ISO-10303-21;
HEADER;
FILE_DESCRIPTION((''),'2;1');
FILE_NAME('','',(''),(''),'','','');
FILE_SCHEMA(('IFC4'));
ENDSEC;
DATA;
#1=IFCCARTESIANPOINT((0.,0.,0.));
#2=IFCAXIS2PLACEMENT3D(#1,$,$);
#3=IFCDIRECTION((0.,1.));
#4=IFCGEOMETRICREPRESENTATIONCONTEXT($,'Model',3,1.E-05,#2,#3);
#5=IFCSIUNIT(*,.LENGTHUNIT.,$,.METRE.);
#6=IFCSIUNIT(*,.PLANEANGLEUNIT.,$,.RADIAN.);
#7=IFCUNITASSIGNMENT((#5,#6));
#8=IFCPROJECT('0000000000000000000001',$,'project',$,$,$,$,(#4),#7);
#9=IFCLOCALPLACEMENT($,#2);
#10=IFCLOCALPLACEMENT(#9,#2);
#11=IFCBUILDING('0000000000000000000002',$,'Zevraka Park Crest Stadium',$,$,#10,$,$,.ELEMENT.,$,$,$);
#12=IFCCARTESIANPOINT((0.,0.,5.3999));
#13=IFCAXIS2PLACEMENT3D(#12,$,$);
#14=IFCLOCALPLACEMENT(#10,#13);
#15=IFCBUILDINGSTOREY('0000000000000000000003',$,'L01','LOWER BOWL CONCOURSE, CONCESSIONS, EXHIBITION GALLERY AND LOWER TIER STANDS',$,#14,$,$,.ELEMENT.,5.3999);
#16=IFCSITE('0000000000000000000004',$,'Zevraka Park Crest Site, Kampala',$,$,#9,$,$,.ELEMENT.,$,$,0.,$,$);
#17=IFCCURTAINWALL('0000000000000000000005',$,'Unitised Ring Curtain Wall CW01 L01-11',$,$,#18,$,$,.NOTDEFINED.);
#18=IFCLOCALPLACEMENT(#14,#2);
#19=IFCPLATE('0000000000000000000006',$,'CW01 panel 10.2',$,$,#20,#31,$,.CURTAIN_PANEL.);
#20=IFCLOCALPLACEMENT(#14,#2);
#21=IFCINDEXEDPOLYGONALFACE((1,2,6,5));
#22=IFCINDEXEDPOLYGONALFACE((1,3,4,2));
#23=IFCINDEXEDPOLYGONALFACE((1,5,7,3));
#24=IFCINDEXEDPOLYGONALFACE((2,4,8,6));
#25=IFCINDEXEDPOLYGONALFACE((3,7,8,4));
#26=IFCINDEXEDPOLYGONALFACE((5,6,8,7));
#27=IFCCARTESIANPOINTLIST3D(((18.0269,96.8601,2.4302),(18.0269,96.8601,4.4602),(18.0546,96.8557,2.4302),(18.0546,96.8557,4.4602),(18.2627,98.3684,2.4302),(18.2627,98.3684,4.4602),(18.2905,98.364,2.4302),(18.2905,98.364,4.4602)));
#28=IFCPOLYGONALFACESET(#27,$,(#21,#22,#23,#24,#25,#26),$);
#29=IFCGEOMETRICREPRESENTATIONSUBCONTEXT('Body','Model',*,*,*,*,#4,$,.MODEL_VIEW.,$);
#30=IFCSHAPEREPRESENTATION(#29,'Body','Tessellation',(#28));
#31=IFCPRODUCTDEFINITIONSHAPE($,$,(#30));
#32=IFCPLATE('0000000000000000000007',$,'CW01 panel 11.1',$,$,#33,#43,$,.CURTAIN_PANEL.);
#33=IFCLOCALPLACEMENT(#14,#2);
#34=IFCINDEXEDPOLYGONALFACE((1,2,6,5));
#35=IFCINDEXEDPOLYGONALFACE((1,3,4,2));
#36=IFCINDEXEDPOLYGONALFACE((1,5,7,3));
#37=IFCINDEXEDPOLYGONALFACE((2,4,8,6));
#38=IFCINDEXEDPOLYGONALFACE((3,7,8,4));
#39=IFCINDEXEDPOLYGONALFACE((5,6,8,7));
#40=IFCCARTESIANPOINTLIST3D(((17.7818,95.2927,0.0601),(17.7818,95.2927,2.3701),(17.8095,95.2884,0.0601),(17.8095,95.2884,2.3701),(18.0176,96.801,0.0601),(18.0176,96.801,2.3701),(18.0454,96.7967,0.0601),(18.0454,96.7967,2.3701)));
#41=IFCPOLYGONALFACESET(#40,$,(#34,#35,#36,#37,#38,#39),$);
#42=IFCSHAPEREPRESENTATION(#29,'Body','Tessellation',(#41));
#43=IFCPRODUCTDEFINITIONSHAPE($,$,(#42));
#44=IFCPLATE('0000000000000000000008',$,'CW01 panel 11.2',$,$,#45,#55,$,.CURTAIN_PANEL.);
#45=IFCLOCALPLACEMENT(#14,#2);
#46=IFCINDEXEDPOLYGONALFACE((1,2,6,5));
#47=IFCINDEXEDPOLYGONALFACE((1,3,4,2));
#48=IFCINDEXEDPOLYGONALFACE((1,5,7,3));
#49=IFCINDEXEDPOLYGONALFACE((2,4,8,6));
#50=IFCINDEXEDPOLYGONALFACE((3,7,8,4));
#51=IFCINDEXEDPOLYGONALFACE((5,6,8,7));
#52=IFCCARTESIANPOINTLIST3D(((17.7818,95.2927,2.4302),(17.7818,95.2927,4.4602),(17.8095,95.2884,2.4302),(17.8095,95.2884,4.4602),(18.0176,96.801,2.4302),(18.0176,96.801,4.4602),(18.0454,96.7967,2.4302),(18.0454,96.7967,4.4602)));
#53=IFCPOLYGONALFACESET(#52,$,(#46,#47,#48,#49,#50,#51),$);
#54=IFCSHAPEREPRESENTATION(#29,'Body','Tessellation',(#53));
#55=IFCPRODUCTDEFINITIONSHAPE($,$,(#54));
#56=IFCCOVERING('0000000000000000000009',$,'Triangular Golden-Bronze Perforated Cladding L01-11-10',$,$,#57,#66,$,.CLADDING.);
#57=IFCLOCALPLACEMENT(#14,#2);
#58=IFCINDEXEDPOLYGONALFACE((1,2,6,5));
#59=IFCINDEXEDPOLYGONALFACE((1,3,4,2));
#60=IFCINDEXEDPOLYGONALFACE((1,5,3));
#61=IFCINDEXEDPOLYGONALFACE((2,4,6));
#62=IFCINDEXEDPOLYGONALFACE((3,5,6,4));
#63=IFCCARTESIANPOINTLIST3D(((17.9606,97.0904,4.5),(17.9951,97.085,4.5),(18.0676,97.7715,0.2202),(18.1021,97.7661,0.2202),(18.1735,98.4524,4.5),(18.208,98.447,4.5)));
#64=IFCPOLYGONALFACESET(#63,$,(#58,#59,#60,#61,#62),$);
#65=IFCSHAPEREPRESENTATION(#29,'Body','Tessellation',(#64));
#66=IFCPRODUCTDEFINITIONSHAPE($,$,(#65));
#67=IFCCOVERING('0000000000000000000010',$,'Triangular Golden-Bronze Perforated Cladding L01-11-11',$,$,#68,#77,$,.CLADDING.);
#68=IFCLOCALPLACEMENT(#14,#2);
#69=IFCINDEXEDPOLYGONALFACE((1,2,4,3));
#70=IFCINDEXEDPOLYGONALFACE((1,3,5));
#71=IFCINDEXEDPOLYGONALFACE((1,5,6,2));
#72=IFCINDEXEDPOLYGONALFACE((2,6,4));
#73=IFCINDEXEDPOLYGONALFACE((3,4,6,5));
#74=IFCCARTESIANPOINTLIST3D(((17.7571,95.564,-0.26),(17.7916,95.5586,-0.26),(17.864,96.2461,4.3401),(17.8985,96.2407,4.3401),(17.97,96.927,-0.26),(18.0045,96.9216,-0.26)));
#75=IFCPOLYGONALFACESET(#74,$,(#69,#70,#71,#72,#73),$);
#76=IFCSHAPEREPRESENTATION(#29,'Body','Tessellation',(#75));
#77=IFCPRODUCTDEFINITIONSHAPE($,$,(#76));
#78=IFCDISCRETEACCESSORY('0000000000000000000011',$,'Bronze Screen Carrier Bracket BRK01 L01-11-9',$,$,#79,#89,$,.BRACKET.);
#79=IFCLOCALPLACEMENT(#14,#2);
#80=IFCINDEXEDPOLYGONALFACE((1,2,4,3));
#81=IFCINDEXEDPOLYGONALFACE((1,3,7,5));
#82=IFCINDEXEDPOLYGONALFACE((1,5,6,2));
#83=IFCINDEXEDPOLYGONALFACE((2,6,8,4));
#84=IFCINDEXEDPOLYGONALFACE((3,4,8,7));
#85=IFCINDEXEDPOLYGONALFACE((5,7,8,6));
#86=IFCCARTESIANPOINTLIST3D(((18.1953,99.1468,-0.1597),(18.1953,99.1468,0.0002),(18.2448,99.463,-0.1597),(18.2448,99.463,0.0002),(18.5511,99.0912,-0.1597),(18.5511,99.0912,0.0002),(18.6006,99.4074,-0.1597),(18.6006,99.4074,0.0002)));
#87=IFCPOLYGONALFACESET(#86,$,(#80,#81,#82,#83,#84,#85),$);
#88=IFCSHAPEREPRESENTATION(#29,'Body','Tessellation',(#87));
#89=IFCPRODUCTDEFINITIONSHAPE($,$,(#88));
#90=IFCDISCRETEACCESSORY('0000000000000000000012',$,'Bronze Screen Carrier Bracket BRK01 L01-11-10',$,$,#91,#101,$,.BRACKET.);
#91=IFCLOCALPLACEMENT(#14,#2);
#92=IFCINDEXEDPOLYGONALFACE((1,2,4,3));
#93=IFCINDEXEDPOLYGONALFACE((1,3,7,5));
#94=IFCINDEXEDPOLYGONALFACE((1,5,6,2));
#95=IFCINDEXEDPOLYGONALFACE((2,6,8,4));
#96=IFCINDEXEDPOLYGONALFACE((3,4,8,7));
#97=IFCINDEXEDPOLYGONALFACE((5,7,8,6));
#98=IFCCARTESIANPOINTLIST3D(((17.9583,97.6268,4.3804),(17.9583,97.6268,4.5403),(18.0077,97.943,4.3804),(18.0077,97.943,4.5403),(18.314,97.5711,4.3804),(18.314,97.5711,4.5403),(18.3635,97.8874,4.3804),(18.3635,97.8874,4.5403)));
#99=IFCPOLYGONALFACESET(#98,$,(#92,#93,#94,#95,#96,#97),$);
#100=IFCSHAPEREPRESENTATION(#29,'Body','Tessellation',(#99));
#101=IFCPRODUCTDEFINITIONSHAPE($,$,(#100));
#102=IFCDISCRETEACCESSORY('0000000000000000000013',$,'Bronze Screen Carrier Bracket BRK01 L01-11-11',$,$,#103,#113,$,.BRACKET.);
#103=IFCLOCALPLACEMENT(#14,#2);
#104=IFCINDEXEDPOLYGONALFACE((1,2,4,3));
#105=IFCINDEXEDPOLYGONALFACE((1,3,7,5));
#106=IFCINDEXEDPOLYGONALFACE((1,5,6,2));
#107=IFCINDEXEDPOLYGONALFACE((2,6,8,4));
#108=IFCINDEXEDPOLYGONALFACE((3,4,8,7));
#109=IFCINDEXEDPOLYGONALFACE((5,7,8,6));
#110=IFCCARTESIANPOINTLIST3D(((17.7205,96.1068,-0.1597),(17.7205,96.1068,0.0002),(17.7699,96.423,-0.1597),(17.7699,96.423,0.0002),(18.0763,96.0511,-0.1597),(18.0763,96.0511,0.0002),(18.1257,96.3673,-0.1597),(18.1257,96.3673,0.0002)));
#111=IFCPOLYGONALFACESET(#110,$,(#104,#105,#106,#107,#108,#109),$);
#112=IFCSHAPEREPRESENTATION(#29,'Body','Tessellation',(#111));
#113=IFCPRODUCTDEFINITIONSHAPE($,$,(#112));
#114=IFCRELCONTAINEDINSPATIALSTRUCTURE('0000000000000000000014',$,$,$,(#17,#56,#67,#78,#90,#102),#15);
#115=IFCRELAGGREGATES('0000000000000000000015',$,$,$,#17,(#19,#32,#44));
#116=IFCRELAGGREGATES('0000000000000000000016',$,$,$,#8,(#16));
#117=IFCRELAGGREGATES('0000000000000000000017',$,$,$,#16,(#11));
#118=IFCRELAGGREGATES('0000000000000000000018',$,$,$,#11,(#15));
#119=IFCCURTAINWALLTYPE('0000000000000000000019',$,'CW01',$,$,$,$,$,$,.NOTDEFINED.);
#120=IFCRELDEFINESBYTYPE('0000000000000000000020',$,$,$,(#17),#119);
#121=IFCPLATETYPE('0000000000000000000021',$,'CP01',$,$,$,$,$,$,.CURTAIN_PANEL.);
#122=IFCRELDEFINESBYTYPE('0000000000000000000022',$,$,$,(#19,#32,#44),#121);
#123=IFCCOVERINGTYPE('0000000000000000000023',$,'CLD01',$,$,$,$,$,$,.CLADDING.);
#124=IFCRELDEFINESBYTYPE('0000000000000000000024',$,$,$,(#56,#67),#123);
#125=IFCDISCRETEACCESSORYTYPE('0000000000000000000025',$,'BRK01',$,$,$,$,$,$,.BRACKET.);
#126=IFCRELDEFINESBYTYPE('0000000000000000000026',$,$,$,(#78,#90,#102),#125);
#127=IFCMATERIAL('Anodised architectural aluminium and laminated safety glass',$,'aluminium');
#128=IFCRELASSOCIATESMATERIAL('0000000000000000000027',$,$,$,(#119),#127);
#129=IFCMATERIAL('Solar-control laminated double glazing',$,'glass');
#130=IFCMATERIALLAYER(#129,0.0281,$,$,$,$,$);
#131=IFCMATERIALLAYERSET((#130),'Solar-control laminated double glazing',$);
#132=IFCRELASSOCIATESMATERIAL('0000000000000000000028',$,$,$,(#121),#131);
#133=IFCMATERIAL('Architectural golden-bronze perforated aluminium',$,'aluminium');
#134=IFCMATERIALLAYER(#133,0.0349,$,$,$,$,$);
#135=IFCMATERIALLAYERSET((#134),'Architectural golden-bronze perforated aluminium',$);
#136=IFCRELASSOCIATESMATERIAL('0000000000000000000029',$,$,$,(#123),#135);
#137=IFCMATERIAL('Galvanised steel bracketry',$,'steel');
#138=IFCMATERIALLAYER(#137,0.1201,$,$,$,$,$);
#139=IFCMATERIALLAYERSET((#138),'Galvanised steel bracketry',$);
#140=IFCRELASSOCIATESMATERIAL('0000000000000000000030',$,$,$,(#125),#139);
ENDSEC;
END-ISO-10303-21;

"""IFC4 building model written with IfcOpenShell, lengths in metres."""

from ifc_helpers import new_model, si_unit, direction, frame, origin, origin_2d, place, context, subcontext, project, spatial, polyline, rectangle, outline, extrude, material, layer, layer_set, type_object, element, aggregate, save


model = new_model("IFC4")

# Units and contexts
model_context = context("Model", 3, precision=1e-05, world=origin(), true_north=direction((0.0, 1.0)))
body_context = subcontext(model_context, "Body", "Model", "MODEL_VIEW")
ifc_project = project(units=[si_unit("LENGTHUNIT", "METRE"), si_unit("PLANEANGLEUNIT", "RADIAN")], contexts=[model_context])

# Site, building, storey
site_placement = place(None, origin())
site = spatial("IfcSite", under=ifc_project, at=site_placement, Name="Zevraka Park Crest Site, Kampala", CompositionType="ELEMENT", RefElevation=0.0)
building_placement = place(site_placement, origin())
building = spatial("IfcBuilding", under=site, at=building_placement, Name="Zevraka Park Crest Stadium", CompositionType="ELEMENT")
storey_placement = place(building_placement, frame((0.0, 0.0, 5.3999)))
storey = spatial("IfcBuildingStorey", under=building, at=storey_placement, Name="L01", Description="LOWER BOWL CONCOURSE, CONCESSIONS, EXHIBITION GALLERY AND LOWER TIER STANDS", CompositionType="ELEMENT", Elevation=5.3999)

# Curtain wall, plates
ifc_material_1 = material(Name="Anodised architectural aluminium and laminated safety glass", Category="aluminium")
curtain_wall_type = type_object("IfcCurtainWallType", Name="CW01", PredefinedType="NOTDEFINED", material=ifc_material_1)
curtain_wall_placement = place(storey_placement, origin())
curtain_wall = element("IfcCurtainWall", 1, at=curtain_wall_placement, inside=storey, type_object=curtain_wall_type, Name="Unitised Ring Curtain Wall CW01 L01-11", PredefinedType="NOTDEFINED")
ifc_material_2 = material(Name="Solar-control laminated double glazing", Category="glass")
ifc_layer_1 = layer(ifc_material_2, 0.0281)
ifc_layer_set_1 = layer_set([ifc_layer_1], Name="Solar-control laminated double glazing")
plate_type = type_object("IfcPlateType", Name="CP01", PredefinedType="CURTAIN_PANEL", material=ifc_layer_set_1)
plate_1_placement = place(storey_placement, frame((18.1587, 97.6121, 2.4302), z_axis=(0.0, 0.0, 1.0), x_axis=(-0.154476, -0.987997, 0.0)))
plate_1 = element("IfcPlate", 2, at=plate_1_placement, type_object=plate_type, Name="CW01 panel 10.2", PredefinedType="CURTAIN_PANEL", context=body_context, shape_type="SweptSolid", body=[
    extrude(rectangle(XDim=1.5266, YDim=0.0281, at=origin_2d()), origin(), (0.0, 0.0, 1.0), 2.03),
])
plate_2_placement = place(storey_placement, frame((17.9136, 96.0447, 0.0601), z_axis=(0.0, 0.0, 1.0), x_axis=(-0.154476, -0.987997, 0.0)))
plate_2 = element("IfcPlate", 3, at=plate_2_placement, type_object=plate_type, Name="CW01 panel 11.1", PredefinedType="CURTAIN_PANEL", context=body_context, shape_type="SweptSolid", body=[
    extrude(rectangle(XDim=1.5266, YDim=0.0281, at=origin_2d()), origin(), (0.0, 0.0, 1.0), 2.3101),
])
plate_3_placement = place(storey_placement, frame((17.9136, 96.0447, 2.4302), z_axis=(0.0, 0.0, 1.0), x_axis=(-0.154476, -0.987997, 0.0)))
plate_3 = element("IfcPlate", 4, at=plate_3_placement, type_object=plate_type, Name="CW01 panel 11.2", PredefinedType="CURTAIN_PANEL", context=body_context, shape_type="SweptSolid", body=[
    extrude(rectangle(XDim=1.5266, YDim=0.0281, at=origin_2d()), origin(), (0.0, 0.0, 1.0), 2.03),
])
aggregate(curtain_wall, [plate_1, plate_2, plate_3])

# Coverings
ifc_material_3 = material(Name="Architectural golden-bronze perforated aluminium", Category="aluminium")
ifc_layer_2 = layer(ifc_material_3, 0.0349)
ifc_layer_set_2 = layer_set([ifc_layer_2], Name="Architectural golden-bronze perforated aluminium")
covering_type = type_object("IfcCoveringType", Name="CLD01", PredefinedType="CLADDING", material=ifc_layer_set_2)
covering_1_placement = place(storey_placement, frame((17.9951, 97.085, 4.5), z_axis=(0.988004, -0.154425, 0.000108), x_axis=(0.154426, 0.988004, 0.0)))
element("IfcCovering", 5, at=covering_1_placement, inside=storey, type_object=covering_type, Name="Triangular Golden-Bronze Perforated Cladding L01-11-10", PredefinedType="CLADDING", context=body_context, shape_type="SweptSolid", body=[
    extrude(outline(polyline([(0.0, 0.0), (1.3786, 0.0), (0.6895, -4.2798), (0.0, 0.0)])), origin(), (0.0, 0.0, -1.0), 0.0349),
])
covering_2_placement = place(storey_placement, frame((17.97, 96.927, -0.26), z_axis=(-0.988021, 0.154317, 0.000084), x_axis=(-0.154317, -0.988021, 0.0)))
element("IfcCovering", 6, at=covering_2_placement, inside=storey, type_object=covering_type, Name="Triangular Golden-Bronze Perforated Cladding L01-11-11", PredefinedType="CLADDING", context=body_context, shape_type="SweptSolid", body=[
    extrude(outline(polyline([(0.0, 0.0), (1.3796, 0.0), (0.6891, 4.6001), (0.0, 0.0)])), origin(), (0.0, 0.0, -1.0), 0.0349),
])

# Discrete accessories
ifc_material_4 = material(Name="Galvanised steel bracketry", Category="steel")
ifc_layer_3 = layer(ifc_material_4, 0.1201)
ifc_layer_set_3 = layer_set([ifc_layer_3], Name="Galvanised steel bracketry")
discrete_accessory_type = type_object("IfcDiscreteAccessoryType", Name="BRK01", PredefinedType="BRACKET", material=ifc_layer_set_3)
for number, where, z_axis, x_axis, name in (
    (7, (18.3979, 99.2771, -0.1597), (0.0, 0.0, 1.0), (-0.154538, -0.987987, 0.0), "Bronze Screen Carrier Bracket BRK01 L01-11-9"),
    (8, (18.1609, 97.7571, 4.3804), (0.0, 0.0, 1.0), (-0.154538, -0.987987, 0.0), "Bronze Screen Carrier Bracket BRK01 L01-11-10"),
    (9, (17.9231, 96.2371, -0.1597), (0.0, 0.0, 1.0), (-0.154538, -0.987987, 0.0), "Bronze Screen Carrier Bracket BRK01 L01-11-11"),
):
    element("IfcDiscreteAccessory", number, at=place(storey_placement, frame(where, z_axis=z_axis, x_axis=x_axis)), inside=storey, type_object=discrete_accessory_type, Name=name, PredefinedType="BRACKET", context=body_context, shape_type="SweptSolid", body=[
        extrude(rectangle(XDim=0.3201, YDim=0.3601, at=origin_2d()), origin(), (0.0, 0.0, 1.0), 0.1599),
    ])

save(model, "model.ifc")
